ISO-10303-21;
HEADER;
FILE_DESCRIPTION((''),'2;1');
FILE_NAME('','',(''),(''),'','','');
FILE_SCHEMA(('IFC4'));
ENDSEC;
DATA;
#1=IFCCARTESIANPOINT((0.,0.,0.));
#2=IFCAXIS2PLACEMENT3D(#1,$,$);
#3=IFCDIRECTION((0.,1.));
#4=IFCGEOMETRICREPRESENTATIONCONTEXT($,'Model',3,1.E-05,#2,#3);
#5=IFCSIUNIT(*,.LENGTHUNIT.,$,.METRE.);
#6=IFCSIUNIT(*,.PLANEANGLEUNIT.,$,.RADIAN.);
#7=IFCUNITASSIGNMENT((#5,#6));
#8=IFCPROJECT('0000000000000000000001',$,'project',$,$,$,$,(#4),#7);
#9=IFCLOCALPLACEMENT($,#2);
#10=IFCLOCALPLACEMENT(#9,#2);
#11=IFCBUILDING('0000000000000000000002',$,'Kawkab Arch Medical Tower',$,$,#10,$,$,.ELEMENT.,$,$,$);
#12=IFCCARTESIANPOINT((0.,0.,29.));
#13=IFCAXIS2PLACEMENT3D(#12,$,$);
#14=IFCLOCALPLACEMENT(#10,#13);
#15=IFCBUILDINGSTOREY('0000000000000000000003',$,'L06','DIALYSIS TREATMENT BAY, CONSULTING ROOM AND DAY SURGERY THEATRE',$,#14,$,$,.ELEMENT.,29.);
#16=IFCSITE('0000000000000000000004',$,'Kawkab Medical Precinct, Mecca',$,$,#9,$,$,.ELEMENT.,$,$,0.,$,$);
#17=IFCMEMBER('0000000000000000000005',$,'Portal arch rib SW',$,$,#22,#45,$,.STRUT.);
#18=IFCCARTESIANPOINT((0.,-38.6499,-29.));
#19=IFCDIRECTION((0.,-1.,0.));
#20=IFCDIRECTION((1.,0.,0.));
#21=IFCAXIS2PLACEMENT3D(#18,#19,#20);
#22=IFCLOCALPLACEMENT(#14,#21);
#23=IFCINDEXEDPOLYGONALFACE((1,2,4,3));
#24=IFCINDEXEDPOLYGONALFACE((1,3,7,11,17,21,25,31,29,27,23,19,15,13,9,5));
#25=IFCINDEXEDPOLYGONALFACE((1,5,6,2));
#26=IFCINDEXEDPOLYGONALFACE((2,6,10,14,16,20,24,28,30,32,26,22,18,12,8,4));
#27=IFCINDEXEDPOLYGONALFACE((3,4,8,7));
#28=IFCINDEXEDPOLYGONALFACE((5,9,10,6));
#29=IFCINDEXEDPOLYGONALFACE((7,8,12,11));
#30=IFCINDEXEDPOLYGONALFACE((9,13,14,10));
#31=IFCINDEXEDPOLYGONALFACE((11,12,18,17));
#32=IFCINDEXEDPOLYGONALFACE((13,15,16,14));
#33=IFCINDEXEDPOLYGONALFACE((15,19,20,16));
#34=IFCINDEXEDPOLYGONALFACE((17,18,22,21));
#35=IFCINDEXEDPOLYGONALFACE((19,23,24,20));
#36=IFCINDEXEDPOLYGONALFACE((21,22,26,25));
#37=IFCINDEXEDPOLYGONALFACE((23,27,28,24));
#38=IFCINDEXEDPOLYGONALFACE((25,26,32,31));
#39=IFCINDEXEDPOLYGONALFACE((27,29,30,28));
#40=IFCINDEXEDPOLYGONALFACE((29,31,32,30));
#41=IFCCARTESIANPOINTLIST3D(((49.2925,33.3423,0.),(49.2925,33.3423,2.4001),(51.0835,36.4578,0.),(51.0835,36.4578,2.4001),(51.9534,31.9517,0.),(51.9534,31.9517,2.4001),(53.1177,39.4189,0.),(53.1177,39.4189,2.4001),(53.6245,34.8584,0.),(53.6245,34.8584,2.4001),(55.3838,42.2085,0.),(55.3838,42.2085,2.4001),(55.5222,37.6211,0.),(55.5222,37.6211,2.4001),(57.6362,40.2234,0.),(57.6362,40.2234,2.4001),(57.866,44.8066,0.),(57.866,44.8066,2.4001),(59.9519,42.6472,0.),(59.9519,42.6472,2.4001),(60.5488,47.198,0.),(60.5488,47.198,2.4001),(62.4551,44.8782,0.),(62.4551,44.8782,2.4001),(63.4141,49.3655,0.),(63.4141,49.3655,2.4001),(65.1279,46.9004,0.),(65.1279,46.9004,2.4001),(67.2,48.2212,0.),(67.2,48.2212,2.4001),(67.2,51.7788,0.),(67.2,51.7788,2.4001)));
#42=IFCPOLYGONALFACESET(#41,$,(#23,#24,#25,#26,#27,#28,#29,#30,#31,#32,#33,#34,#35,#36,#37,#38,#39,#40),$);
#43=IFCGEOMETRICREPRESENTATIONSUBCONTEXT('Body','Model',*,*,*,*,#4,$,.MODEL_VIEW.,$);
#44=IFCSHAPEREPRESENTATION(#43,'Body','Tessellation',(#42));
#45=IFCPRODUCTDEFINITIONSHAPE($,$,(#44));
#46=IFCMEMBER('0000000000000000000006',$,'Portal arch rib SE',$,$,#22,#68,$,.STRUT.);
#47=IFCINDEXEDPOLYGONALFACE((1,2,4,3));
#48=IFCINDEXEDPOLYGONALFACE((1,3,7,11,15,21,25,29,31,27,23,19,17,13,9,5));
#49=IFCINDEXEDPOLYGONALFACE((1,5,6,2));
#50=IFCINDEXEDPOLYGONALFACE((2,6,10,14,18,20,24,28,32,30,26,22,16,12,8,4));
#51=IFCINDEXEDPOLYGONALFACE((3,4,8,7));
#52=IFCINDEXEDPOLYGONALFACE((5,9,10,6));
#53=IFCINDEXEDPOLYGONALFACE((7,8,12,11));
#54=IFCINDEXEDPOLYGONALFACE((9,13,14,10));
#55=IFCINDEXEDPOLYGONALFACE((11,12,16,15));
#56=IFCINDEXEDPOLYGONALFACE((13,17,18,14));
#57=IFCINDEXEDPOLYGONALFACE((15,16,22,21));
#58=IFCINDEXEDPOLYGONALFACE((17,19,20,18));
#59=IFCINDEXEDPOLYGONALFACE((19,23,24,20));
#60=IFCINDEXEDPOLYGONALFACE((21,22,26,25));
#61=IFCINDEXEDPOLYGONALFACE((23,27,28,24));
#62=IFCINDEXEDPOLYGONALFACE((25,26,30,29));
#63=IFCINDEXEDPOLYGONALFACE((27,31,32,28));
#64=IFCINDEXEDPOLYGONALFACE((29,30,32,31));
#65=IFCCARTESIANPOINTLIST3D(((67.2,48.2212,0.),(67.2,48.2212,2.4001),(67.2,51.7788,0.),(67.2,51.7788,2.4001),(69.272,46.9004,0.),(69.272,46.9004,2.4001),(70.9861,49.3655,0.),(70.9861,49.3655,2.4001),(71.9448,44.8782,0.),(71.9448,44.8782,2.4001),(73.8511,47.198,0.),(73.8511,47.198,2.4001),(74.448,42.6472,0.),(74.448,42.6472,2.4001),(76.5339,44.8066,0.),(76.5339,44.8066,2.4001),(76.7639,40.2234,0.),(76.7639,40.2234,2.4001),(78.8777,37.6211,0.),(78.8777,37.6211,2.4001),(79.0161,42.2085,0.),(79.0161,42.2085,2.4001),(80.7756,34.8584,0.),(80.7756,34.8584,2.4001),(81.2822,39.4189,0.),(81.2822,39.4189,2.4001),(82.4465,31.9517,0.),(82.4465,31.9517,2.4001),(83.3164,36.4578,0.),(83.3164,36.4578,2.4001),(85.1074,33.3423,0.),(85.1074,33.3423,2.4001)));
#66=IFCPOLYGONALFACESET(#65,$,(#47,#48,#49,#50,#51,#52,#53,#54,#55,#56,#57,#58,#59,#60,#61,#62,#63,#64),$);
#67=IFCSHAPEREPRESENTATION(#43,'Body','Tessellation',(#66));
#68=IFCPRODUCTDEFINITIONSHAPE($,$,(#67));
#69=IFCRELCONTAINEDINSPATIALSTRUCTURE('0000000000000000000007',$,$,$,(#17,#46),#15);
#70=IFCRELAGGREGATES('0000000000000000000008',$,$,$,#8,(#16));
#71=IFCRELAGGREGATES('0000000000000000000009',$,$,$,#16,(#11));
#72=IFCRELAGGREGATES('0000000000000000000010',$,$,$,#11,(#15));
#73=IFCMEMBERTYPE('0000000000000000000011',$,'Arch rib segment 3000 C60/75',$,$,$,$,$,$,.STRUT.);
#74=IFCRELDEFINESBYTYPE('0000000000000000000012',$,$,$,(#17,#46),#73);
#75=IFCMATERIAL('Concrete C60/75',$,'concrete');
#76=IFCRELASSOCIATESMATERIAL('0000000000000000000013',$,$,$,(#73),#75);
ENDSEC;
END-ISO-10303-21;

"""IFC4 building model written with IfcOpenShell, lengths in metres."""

from ifc_helpers import new_model, si_unit, direction, frame, origin, place, context, subcontext, project, spatial, polyline, outline, extrude, material, type_object, element, save


model = new_model("IFC4")

# Units and contexts
model_context = context("Model", 3, precision=1e-05, world=origin(), true_north=direction((0.0, 1.0)))
body_context = subcontext(model_context, "Body", "Model", "MODEL_VIEW")
ifc_project = project(units=[si_unit("LENGTHUNIT", "METRE"), si_unit("PLANEANGLEUNIT", "RADIAN")], contexts=[model_context])

# Site, building, storey
site_placement = place(None, origin())
site = spatial("IfcSite", under=ifc_project, at=site_placement, Name="Kawkab Medical Precinct, Mecca", CompositionType="ELEMENT", RefElevation=0.0)
building_placement = place(site_placement, origin())
building = spatial("IfcBuilding", under=site, at=building_placement, Name="Kawkab Arch Medical Tower", CompositionType="ELEMENT")
storey_placement = place(building_placement, frame((0.0, 0.0, 29.0)))
storey = spatial("IfcBuildingStorey", under=building, at=storey_placement, Name="L06", Description="DIALYSIS TREATMENT BAY, CONSULTING ROOM AND DAY SURGERY THEATRE", CompositionType="ELEMENT", Elevation=29.0)

# Members
ifc_material_1 = material(Name="Concrete C60/75", Category="concrete")
member_type_1 = type_object("IfcMemberType", Name="Arch rib segment 3000 C60/75", PredefinedType="STRUT", material=ifc_material_1)
placement = place(storey_placement, frame((0.0, -38.6499, -29.0), z_axis=(0.0, -1.0, 0.0), x_axis=(1.0, 0.0, 0.0)))
element("IfcMember", 1, at=placement, inside=storey, type_object=member_type_1, Name="Portal arch rib SW", PredefinedType="STRUT", context=body_context, shape_type="SweptSolid", body=[
    extrude(outline(polyline([(51.9534, 31.9517), (53.6245, 34.8584), (55.5222, 37.6211), (57.6362, 40.2234), (59.9519, 42.6472), (62.4551, 44.8782), (65.1279, 46.9004), (67.2, 48.2212), (67.2, 51.7788), (63.4141, 49.3655), (60.5488, 47.198), (57.866, 44.8066), (55.3838, 42.2085), (53.1177, 39.4189), (51.0835, 36.4578), (49.2925, 33.3423), (51.9534, 31.9517)])), origin(), (0.0, 0.0, 1.0), 2.4001),
])
element("IfcMember", 2, at=placement, inside=storey, type_object=member_type_1, Name="Portal arch rib SE", PredefinedType="STRUT", context=body_context, shape_type="SweptSolid", body=[
    extrude(outline(polyline([(67.2, 48.2212), (69.272, 46.9004), (71.9448, 44.8782), (74.448, 42.6472), (76.7639, 40.2234), (78.8777, 37.6211), (80.7756, 34.8584), (82.4465, 31.9517), (85.1074, 33.3423), (83.3164, 36.4578), (81.2822, 39.4189), (79.0161, 42.2085), (76.5339, 44.8066), (73.8511, 47.198), (70.9861, 49.3655), (67.2, 51.7788), (67.2, 48.2212)])), origin(), (0.0, 0.0, 1.0), 2.4001),
])

save(model, "model.ifc")
